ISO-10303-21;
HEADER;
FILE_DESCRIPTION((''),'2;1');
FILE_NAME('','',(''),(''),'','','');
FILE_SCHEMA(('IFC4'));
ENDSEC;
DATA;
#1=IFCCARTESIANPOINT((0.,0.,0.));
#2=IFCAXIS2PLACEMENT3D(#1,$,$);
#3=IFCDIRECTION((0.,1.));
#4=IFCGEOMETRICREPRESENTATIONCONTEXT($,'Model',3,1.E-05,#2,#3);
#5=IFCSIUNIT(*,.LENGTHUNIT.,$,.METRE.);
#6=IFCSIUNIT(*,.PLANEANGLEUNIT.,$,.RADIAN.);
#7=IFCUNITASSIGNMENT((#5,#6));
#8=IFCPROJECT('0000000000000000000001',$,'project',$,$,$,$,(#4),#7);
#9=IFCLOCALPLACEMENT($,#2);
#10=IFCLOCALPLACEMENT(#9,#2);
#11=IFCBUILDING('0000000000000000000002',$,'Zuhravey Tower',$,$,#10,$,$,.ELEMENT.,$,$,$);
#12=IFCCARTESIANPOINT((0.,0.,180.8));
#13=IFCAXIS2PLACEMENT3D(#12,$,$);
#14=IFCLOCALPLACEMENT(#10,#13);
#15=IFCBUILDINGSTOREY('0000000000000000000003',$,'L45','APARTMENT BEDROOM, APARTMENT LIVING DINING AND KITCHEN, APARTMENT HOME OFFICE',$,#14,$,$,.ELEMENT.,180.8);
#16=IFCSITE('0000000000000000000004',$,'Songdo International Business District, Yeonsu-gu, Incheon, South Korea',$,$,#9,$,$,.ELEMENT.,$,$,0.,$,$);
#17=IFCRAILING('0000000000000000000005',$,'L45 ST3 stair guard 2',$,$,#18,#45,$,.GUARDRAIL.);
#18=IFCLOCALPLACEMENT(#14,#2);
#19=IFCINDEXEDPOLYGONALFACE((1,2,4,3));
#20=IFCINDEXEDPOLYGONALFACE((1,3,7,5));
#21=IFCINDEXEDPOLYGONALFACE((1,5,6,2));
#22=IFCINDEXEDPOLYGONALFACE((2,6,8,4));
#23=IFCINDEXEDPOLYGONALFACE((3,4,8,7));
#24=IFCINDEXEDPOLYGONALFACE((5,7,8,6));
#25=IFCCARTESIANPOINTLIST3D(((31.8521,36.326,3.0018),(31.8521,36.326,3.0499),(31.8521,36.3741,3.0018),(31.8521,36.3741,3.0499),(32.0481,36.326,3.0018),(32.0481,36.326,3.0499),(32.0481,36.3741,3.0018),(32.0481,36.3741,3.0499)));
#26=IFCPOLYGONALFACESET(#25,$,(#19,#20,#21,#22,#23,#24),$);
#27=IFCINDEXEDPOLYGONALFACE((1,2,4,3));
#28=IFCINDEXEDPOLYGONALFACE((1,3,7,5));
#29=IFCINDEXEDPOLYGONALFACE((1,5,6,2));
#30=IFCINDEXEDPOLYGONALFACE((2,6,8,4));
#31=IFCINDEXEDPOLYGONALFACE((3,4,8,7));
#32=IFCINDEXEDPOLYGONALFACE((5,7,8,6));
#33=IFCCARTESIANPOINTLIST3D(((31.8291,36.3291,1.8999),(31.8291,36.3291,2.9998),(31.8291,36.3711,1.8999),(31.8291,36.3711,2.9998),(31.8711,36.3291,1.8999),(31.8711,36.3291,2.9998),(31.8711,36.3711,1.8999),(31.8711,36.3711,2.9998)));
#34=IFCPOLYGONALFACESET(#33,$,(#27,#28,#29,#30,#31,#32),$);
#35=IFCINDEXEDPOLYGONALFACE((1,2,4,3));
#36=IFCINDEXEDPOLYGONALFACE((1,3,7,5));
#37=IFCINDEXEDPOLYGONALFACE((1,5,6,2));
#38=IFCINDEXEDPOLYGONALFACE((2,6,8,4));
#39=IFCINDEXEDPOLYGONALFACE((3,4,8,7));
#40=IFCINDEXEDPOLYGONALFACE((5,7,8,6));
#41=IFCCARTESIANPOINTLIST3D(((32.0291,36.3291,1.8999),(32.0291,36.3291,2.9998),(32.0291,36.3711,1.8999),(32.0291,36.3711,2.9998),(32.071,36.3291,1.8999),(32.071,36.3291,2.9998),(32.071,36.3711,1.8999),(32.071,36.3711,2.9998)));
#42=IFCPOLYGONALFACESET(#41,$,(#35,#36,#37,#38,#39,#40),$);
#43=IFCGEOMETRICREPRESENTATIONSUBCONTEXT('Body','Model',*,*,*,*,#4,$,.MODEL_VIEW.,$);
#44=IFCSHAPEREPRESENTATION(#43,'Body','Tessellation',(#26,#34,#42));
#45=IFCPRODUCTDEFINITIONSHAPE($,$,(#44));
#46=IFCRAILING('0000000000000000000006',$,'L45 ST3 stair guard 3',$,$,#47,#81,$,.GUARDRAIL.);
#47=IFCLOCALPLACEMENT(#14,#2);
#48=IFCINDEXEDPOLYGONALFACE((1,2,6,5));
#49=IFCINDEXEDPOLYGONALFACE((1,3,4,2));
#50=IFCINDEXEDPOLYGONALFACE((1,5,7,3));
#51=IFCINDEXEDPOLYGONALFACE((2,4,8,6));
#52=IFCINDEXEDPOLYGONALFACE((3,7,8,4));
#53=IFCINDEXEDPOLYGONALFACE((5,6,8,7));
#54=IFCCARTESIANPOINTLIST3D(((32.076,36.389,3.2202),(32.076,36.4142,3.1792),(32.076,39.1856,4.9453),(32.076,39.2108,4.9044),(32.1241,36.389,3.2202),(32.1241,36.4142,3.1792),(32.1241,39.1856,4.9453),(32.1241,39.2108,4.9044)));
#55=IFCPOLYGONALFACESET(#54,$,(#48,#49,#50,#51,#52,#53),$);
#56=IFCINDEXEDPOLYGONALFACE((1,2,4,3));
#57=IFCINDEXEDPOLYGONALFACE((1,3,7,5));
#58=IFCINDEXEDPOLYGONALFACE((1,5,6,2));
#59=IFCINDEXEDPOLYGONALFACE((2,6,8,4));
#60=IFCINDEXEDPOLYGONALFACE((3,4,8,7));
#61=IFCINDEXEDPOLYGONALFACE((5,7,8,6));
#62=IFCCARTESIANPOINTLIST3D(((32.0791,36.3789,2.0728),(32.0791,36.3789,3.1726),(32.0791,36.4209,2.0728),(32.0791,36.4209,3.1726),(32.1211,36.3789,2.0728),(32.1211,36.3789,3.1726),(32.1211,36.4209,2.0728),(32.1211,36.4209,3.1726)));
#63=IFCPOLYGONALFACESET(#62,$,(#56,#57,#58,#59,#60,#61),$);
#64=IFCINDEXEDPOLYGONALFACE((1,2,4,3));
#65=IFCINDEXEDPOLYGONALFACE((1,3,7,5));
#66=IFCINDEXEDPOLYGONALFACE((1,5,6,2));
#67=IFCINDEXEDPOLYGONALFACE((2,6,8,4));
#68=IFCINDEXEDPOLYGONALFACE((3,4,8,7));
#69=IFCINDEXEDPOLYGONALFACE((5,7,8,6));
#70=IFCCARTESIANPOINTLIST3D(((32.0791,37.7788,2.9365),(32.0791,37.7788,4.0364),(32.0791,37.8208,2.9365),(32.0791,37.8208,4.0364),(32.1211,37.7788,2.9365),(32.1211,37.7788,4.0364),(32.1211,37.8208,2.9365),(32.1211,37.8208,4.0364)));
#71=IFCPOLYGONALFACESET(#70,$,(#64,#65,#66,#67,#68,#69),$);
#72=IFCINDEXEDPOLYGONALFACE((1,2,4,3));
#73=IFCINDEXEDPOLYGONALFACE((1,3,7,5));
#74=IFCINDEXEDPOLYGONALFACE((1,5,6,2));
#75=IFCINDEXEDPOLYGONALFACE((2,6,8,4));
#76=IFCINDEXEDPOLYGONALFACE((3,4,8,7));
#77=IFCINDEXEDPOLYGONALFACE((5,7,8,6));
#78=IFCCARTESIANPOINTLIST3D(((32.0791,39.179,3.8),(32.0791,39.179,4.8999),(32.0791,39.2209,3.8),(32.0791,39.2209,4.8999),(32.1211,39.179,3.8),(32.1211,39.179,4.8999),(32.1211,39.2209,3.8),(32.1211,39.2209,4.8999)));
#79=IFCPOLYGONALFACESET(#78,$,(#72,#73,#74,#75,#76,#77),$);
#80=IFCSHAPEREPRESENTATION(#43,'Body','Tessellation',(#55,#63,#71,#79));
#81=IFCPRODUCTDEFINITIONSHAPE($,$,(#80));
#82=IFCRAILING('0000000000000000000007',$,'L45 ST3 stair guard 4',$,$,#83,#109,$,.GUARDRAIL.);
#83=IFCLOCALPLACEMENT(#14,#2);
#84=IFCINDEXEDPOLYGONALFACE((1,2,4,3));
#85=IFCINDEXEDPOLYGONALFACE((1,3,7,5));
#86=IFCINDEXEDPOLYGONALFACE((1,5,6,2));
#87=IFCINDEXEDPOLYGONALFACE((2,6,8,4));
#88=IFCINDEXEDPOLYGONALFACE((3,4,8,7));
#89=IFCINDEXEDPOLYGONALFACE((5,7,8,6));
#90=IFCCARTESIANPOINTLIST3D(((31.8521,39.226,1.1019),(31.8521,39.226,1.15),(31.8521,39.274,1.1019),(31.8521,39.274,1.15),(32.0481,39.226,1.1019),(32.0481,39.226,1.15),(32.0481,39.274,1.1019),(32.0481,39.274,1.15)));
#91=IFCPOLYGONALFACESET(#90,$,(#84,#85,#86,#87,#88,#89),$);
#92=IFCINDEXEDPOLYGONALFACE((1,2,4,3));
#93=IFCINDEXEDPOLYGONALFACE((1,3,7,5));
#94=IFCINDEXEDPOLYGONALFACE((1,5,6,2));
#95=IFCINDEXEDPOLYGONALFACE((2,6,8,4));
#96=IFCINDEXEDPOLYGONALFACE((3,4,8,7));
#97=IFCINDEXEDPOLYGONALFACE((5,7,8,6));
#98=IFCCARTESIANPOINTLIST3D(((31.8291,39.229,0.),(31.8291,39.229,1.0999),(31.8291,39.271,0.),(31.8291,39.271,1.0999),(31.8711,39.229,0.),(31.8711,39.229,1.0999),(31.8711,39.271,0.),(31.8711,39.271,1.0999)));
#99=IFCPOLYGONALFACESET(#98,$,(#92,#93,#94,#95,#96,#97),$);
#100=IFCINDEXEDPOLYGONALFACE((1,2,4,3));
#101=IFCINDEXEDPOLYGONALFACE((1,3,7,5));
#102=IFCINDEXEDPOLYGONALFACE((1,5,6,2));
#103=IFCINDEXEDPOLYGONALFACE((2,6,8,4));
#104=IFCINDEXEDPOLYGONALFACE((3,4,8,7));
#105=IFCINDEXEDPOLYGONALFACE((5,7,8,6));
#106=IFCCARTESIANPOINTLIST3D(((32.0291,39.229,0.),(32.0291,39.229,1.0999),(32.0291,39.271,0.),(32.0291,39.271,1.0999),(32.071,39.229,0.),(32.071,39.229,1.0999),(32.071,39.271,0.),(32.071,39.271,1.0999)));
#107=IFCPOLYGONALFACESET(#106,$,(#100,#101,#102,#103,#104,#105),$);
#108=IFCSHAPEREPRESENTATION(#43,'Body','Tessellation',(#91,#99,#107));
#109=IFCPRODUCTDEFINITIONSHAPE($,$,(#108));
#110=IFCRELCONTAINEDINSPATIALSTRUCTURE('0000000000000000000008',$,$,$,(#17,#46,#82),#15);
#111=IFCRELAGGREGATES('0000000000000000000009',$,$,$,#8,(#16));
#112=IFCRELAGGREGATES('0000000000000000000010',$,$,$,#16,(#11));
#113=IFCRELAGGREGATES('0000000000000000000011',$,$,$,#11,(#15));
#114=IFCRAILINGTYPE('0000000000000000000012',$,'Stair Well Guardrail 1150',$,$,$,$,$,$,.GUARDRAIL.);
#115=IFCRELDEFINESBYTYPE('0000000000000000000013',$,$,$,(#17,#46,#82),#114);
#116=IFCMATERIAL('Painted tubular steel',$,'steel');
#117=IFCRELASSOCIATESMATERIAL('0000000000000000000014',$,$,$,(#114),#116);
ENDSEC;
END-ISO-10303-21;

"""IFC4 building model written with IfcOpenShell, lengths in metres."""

from ifc_helpers import new_model, si_unit, direction, frame, origin, origin_2d, place, context, subcontext, project, spatial, rectangle, extrude, material, type_object, element, save


model = new_model("IFC4")

# Units and contexts
model_context = context("Model", 3, precision=1e-05, world=origin(), true_north=direction((0.0, 1.0)))
body_context = subcontext(model_context, "Body", "Model", "MODEL_VIEW")
ifc_project = project(units=[si_unit("LENGTHUNIT", "METRE"), si_unit("PLANEANGLEUNIT", "RADIAN")], contexts=[model_context])

# Site, building, storey
site_placement = place(None, origin())
site = spatial("IfcSite", under=ifc_project, at=site_placement, Name="Songdo International Business District, Yeonsu-gu, Incheon, South Korea", CompositionType="ELEMENT", RefElevation=0.0)
building_placement = place(site_placement, origin())
building = spatial("IfcBuilding", under=site, at=building_placement, Name="Zuhravey Tower", CompositionType="ELEMENT")
storey_placement = place(building_placement, frame((0.0, 0.0, 180.8)))
storey = spatial("IfcBuildingStorey", under=building, at=storey_placement, Name="L45", Description="APARTMENT BEDROOM, APARTMENT LIVING DINING AND KITCHEN, APARTMENT HOME OFFICE", CompositionType="ELEMENT", Elevation=180.8)

# Railings
ifc_material_1 = material(Name="Painted tubular steel", Category="steel")
railing_type_1 = type_object("IfcRailingType", Name="Stair Well Guardrail 1150", PredefinedType="GUARDRAIL", material=ifc_material_1)
railing_1_placement = place(storey_placement, frame((31.8501, 36.3501, 1.8999)))
element("IfcRailing", 1, at=railing_1_placement, inside=storey, type_object=railing_type_1, Name="L45 ST3 stair guard 2", PredefinedType="GUARDRAIL", context=body_context, shape_type="SweptSolid", body=[
    extrude(rectangle(XDim=0.0481, YDim=0.0481, at=origin_2d()), frame((0.002, 0.0, 1.126), z_axis=(1.0, 0.0, 0.0), x_axis=(0.0, 1.0, 0.0)), (0.0, 0.0, 1.0), 0.196),
    extrude(rectangle(XDim=0.042, YDim=0.042, at=origin_2d()), origin(), (0.0, 0.0, 1.0), 1.0999),
    extrude(rectangle(XDim=0.042, YDim=0.042, at=origin_2d()), frame((0.2, 0.0, 0.0)), (0.0, 0.0, 1.0), 1.0999),
])
railing_2_placement = place(storey_placement, frame((32.1001, 36.3999, 2.0728)))
element("IfcRailing", 2, at=railing_2_placement, inside=storey, type_object=railing_type_1, Name="L45 ST3 stair guard 3", PredefinedType="GUARDRAIL", context=body_context, shape_type="SweptSolid", body=[
    extrude(rectangle(XDim=0.0481, YDim=0.0481, at=origin_2d()), frame((0.0, 0.0017, 1.127), z_axis=(0.0, 0.85109, 0.52502), x_axis=(-1.0, 0.0, 0.0)), (0.0, 0.0, 1.0), 3.2859),
    extrude(rectangle(XDim=0.042, YDim=0.042, at=origin_2d()), origin(), (0.0, 0.0, 1.0), 1.0999),
    extrude(rectangle(XDim=0.042, YDim=0.042, at=origin_2d()), frame((0.0, 1.3999, 0.8638)), (0.0, 0.0, 1.0), 1.0999),
    extrude(rectangle(XDim=0.042, YDim=0.042, at=origin_2d()), frame((0.0, 2.8, 1.7273)), (0.0, 0.0, 1.0), 1.0999),
])
railing_3_placement = place(storey_placement, frame((31.8501, 39.25, 0.0)))
element("IfcRailing", 3, at=railing_3_placement, inside=storey, type_object=railing_type_1, Name="L45 ST3 stair guard 4", PredefinedType="GUARDRAIL", context=body_context, shape_type="SweptSolid", body=[
    extrude(rectangle(XDim=0.0481, YDim=0.0481, at=origin_2d()), frame((0.002, 0.0, 1.126), z_axis=(1.0, 0.0, 0.0), x_axis=(0.0, 1.0, 0.0)), (0.0, 0.0, 1.0), 0.196),
    extrude(rectangle(XDim=0.042, YDim=0.042, at=origin_2d()), origin(), (0.0, 0.0, 1.0), 1.0999),
    extrude(rectangle(XDim=0.042, YDim=0.042, at=origin_2d()), frame((0.2, 0.0, 0.0)), (0.0, 0.0, 1.0), 1.0999),
])

save(model, "model.ifc")
